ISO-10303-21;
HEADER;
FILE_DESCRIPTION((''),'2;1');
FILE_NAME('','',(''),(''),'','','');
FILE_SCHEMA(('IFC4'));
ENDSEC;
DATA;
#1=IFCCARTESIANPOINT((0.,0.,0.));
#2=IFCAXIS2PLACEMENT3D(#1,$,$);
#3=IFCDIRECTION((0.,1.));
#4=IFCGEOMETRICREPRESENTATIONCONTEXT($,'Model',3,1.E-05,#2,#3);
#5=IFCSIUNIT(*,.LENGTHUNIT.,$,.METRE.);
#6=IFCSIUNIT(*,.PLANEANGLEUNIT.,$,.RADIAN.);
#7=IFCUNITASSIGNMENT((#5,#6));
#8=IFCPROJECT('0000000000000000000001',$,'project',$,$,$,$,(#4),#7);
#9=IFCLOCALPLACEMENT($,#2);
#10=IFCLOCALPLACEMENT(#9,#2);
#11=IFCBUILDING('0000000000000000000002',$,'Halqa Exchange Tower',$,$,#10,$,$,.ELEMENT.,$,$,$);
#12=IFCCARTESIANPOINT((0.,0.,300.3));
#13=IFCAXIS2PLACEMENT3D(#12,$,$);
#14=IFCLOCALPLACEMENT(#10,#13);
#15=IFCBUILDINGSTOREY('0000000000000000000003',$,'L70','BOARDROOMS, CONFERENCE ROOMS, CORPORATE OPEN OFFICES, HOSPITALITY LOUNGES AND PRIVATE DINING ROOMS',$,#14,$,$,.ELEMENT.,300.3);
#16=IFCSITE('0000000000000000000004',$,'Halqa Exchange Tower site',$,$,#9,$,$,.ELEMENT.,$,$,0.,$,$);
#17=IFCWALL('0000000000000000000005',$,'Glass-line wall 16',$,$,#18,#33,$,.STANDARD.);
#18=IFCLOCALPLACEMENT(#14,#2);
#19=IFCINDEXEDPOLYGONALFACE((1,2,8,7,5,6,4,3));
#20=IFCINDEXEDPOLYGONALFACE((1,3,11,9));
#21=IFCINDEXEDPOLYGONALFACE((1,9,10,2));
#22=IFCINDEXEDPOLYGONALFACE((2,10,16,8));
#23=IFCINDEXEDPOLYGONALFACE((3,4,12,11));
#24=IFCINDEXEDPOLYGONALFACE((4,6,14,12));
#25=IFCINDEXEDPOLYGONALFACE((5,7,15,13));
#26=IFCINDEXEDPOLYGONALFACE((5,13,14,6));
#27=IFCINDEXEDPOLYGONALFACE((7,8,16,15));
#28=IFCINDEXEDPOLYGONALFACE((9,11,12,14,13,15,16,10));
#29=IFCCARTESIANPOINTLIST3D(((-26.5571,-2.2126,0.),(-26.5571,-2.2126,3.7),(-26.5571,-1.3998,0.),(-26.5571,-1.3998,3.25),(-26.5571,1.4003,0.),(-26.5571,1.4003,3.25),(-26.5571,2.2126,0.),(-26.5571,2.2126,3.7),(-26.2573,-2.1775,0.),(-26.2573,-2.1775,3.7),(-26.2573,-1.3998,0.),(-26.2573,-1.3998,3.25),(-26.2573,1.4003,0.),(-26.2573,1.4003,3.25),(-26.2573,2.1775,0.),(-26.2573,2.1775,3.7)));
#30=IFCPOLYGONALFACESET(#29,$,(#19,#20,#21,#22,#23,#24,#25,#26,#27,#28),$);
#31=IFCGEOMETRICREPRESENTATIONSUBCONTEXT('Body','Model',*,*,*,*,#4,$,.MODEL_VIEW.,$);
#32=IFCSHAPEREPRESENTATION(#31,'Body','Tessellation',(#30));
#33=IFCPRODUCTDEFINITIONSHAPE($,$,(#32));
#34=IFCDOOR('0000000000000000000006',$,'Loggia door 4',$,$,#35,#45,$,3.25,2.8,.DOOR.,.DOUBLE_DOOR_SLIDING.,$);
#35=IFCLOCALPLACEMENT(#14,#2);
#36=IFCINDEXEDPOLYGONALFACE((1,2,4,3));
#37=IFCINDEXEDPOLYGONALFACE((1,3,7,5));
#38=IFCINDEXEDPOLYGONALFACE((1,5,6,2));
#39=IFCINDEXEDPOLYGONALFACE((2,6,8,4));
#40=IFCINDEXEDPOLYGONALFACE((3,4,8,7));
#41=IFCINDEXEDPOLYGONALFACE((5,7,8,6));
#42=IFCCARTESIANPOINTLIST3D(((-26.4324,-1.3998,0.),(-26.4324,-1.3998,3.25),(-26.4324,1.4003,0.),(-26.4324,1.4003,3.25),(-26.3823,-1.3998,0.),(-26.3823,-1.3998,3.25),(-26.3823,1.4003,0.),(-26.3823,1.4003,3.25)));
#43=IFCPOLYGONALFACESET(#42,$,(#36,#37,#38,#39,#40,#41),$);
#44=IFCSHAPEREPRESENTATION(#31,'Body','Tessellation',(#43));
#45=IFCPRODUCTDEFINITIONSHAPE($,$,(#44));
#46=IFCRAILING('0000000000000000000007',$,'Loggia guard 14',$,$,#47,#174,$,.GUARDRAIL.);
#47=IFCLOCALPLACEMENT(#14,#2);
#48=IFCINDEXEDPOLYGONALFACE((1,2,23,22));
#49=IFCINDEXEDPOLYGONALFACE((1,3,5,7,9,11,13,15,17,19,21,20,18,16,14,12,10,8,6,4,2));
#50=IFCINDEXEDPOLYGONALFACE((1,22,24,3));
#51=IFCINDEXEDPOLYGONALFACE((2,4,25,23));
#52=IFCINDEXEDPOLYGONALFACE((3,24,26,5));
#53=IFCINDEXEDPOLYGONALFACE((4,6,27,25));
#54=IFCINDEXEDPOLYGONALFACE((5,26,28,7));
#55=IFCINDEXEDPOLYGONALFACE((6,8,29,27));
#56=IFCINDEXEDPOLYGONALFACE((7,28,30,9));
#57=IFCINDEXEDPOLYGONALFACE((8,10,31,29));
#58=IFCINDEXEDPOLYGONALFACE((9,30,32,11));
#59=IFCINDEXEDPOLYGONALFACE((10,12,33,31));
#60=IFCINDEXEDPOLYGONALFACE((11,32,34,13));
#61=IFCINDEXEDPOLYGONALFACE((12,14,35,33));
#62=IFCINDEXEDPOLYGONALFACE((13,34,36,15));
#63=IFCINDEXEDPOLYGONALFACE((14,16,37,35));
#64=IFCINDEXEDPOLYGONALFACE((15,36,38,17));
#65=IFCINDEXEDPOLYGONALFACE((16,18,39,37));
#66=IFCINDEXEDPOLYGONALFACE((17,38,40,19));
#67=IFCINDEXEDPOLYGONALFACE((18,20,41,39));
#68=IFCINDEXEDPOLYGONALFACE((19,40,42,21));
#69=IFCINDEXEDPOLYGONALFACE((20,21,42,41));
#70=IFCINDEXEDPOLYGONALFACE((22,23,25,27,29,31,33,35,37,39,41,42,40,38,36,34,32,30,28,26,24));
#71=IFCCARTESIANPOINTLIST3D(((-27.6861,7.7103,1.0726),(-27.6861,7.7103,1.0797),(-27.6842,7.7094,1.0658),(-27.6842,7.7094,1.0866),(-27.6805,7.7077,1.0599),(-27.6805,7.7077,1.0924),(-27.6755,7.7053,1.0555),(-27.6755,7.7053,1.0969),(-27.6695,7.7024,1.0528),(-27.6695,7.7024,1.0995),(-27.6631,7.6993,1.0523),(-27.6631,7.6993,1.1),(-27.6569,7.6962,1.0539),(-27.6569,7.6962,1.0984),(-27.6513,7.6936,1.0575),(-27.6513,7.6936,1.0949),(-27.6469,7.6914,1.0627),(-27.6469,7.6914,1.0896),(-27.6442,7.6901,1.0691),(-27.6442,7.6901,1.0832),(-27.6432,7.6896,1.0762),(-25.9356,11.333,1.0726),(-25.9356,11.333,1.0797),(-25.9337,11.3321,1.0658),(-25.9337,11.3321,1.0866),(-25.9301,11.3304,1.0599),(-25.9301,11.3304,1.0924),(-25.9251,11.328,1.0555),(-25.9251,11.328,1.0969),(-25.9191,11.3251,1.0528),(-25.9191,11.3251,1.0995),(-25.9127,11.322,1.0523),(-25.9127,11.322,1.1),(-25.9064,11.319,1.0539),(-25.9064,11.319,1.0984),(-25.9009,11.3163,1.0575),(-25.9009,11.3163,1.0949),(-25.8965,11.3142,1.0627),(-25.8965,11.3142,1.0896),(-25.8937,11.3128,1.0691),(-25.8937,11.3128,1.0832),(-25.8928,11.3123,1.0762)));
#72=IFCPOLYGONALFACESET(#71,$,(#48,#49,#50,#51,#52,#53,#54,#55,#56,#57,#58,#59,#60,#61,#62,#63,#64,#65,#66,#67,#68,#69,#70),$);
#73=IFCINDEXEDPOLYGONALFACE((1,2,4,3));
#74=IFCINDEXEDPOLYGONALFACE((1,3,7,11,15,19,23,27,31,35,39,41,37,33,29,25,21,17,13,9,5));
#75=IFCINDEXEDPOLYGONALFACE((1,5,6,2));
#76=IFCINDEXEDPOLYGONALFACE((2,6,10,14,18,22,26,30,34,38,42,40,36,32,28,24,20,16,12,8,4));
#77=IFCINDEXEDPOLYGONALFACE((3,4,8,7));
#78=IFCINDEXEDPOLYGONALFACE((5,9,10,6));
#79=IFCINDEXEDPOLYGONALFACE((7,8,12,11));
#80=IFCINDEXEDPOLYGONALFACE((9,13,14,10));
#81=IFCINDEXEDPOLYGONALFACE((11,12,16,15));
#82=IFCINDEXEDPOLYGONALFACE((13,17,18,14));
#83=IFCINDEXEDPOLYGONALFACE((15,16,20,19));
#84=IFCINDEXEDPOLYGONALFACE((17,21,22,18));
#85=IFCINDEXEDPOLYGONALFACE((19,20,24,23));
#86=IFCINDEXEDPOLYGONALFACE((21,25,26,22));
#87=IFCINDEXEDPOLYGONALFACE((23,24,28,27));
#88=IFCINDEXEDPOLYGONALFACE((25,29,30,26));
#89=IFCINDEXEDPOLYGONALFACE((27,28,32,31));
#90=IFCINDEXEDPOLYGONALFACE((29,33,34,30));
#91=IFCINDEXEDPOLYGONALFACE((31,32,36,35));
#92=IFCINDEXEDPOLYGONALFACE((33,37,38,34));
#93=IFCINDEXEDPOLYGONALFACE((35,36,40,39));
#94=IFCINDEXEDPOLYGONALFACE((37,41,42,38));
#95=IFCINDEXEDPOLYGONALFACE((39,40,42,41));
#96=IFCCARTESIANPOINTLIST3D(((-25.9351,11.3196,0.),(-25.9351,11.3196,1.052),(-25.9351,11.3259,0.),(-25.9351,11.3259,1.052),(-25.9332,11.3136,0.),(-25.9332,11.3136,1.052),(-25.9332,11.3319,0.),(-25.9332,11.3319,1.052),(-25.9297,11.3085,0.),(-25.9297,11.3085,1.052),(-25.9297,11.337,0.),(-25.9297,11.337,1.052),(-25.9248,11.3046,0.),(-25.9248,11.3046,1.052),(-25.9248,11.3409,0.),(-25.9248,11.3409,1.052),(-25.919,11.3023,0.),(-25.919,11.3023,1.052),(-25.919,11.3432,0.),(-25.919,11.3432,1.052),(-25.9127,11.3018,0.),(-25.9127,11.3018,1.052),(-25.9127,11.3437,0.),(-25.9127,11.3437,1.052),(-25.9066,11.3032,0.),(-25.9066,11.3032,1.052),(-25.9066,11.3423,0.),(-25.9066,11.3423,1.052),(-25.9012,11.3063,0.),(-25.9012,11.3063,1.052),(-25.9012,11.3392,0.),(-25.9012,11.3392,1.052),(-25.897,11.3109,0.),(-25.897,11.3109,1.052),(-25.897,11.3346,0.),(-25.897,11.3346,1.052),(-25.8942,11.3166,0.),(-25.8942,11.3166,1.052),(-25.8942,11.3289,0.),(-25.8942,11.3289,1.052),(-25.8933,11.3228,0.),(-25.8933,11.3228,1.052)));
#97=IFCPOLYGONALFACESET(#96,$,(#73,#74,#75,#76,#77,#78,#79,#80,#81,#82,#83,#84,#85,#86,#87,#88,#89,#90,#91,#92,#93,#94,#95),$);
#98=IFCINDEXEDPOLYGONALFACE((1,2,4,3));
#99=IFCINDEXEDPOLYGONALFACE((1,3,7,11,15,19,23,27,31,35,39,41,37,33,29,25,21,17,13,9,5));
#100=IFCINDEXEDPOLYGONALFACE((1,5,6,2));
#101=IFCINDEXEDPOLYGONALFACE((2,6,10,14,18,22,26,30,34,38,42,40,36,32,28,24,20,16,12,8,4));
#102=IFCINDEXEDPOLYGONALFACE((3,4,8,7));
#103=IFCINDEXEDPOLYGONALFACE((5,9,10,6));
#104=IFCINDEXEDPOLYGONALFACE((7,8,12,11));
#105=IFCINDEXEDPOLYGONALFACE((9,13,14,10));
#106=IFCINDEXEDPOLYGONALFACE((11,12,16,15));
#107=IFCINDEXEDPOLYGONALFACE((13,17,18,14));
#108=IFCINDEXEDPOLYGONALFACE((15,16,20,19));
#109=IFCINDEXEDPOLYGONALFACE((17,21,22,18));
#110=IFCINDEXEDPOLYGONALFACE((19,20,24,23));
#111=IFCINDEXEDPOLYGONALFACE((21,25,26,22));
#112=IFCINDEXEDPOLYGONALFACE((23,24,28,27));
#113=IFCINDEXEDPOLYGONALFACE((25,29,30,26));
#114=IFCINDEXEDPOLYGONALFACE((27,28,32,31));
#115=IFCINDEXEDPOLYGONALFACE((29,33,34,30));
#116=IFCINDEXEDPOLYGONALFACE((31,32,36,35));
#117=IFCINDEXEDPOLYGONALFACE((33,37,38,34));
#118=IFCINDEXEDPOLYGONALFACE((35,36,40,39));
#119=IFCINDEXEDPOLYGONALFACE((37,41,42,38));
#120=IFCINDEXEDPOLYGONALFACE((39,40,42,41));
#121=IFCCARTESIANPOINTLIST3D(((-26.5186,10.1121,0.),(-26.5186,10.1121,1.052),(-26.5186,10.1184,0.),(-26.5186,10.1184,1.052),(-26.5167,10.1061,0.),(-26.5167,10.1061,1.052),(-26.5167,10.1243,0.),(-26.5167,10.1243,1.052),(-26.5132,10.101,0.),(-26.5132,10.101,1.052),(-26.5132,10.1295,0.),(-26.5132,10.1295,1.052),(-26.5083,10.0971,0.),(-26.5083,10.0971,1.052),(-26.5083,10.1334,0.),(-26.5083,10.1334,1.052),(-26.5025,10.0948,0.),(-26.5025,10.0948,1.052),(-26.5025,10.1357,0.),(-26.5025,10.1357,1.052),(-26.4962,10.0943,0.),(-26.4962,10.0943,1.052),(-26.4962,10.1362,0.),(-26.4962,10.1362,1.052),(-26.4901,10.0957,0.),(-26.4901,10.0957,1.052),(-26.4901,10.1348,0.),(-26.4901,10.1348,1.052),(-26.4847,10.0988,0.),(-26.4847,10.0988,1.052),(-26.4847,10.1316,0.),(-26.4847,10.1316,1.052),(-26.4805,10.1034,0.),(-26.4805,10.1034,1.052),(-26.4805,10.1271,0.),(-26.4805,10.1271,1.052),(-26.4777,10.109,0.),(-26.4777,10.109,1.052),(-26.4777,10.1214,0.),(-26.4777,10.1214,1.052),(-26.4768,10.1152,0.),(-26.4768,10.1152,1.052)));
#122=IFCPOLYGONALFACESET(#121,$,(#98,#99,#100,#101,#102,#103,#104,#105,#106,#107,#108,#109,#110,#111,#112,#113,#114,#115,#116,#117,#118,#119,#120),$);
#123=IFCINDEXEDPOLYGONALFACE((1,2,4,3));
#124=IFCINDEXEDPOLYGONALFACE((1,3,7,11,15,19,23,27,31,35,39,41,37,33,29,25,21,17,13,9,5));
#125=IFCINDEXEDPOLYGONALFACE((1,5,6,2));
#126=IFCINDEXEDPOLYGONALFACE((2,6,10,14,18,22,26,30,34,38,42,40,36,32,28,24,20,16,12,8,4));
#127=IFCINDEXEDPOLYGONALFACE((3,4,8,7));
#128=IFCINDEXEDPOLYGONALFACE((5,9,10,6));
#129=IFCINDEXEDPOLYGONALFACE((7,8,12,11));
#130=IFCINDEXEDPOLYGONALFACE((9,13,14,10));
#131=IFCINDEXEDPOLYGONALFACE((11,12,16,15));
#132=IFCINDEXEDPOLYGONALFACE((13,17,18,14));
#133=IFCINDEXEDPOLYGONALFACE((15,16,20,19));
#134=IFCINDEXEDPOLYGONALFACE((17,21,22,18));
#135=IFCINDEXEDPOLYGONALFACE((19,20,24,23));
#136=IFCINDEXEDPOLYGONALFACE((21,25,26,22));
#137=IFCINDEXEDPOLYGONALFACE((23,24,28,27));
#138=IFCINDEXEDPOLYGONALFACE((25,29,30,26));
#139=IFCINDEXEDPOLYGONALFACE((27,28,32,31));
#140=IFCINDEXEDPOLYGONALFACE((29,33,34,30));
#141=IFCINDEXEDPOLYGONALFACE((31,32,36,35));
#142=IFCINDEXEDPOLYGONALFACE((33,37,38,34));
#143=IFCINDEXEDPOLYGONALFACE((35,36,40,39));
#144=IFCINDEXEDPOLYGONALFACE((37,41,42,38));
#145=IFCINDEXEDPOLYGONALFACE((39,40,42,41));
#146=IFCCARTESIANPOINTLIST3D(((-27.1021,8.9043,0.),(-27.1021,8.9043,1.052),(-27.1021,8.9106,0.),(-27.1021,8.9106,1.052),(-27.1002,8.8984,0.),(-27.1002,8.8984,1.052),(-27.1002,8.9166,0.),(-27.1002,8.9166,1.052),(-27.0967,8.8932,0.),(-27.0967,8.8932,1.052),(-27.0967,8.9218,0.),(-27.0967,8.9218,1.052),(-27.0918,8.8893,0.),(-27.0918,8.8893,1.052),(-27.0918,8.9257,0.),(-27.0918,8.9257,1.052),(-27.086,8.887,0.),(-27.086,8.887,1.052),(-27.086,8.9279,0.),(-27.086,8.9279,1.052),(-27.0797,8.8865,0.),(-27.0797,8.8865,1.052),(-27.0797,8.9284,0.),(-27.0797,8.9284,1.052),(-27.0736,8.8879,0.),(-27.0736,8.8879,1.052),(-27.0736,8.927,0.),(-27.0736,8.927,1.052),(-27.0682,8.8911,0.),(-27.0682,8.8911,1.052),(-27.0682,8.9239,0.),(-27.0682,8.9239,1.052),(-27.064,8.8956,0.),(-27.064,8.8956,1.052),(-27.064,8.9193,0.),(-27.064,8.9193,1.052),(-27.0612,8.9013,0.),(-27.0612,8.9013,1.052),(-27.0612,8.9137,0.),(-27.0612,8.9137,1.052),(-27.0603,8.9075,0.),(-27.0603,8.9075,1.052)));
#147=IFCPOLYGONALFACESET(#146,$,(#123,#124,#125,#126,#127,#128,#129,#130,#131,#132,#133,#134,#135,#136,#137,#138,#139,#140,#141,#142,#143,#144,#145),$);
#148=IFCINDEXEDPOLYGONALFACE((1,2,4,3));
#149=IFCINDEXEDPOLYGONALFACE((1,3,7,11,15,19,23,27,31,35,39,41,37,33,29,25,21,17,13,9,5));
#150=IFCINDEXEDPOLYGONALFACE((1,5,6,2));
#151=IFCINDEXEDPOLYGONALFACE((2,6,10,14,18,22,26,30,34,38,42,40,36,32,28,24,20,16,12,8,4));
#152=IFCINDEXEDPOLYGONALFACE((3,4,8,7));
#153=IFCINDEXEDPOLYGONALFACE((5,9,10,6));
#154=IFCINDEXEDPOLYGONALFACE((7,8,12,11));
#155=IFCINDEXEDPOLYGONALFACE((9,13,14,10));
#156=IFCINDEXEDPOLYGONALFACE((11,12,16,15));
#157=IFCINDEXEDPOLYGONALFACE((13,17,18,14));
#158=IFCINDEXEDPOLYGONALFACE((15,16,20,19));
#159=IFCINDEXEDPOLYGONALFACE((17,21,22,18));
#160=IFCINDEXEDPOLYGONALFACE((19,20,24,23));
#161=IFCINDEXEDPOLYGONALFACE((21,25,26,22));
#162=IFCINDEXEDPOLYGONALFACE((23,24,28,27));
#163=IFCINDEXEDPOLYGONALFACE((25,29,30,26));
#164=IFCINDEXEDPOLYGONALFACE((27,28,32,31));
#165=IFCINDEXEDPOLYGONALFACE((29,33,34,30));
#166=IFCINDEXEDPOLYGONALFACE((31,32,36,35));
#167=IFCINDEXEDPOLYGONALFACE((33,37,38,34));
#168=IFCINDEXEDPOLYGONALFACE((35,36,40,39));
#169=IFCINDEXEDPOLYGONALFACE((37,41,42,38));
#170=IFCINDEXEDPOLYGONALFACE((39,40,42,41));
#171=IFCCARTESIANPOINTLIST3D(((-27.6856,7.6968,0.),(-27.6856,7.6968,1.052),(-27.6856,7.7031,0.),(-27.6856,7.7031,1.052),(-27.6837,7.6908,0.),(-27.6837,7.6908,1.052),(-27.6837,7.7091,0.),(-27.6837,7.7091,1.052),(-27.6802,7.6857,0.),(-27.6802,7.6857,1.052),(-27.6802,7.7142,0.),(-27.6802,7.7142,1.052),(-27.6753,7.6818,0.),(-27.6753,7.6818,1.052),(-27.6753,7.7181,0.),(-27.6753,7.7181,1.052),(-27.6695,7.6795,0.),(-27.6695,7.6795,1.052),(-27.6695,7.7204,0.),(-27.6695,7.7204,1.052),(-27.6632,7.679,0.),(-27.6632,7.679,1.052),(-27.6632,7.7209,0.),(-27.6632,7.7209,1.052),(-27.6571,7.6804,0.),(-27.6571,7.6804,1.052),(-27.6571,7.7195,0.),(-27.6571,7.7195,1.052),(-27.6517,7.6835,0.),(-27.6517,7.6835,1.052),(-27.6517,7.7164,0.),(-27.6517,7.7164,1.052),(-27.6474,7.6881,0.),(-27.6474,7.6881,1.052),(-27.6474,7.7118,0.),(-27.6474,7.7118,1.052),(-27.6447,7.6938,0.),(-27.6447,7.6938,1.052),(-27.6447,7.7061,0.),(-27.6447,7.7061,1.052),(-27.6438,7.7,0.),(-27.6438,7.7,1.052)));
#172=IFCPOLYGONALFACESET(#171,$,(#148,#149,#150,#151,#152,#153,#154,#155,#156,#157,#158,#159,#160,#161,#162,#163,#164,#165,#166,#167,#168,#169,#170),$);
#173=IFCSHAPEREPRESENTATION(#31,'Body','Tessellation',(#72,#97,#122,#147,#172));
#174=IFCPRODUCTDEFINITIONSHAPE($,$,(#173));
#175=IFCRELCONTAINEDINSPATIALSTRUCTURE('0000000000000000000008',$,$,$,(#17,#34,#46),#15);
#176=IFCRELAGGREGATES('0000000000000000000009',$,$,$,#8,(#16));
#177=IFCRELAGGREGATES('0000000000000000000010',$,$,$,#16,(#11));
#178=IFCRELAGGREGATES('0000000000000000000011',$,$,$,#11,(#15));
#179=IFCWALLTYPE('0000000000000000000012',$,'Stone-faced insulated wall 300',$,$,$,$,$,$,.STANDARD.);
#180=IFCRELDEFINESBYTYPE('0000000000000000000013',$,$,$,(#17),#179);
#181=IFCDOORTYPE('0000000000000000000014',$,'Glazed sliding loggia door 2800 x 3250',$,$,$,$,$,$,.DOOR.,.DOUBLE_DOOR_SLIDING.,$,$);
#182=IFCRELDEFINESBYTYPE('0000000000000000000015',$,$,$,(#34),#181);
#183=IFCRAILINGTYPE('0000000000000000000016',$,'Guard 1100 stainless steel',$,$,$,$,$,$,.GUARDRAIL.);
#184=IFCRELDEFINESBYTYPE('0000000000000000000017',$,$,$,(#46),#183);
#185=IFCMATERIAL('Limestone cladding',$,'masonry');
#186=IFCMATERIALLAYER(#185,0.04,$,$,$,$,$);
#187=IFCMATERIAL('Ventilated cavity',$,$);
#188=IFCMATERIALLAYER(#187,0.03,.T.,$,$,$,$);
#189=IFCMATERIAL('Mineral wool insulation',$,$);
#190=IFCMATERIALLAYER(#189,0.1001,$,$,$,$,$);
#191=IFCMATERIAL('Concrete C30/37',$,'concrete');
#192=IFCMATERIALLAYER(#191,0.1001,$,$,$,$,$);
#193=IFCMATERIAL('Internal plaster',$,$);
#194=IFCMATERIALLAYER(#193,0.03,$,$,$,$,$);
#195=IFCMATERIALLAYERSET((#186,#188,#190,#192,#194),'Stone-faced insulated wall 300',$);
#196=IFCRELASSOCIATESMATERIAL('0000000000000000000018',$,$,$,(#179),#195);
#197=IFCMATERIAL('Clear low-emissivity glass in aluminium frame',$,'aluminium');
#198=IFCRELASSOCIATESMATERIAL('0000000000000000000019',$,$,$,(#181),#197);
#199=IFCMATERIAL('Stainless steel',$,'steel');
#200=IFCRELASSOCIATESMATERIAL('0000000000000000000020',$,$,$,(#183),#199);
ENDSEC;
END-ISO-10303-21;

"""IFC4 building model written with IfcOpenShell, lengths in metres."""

from ifc_helpers import new_model, si_unit, direction, frame, frame_2d, origin, origin_2d, place, context, subcontext, project, spatial, polyline, rectangle, circle, outline, extrude, material, layer, layer_set, type_object, element, fill, save


model = new_model("IFC4")

# Units and contexts
model_context = context("Model", 3, precision=1e-05, world=origin(), true_north=direction((0.0, 1.0)))
body_context = subcontext(model_context, "Body", "Model", "MODEL_VIEW")
ifc_project = project(units=[si_unit("LENGTHUNIT", "METRE"), si_unit("PLANEANGLEUNIT", "RADIAN")], contexts=[model_context])

# Site, building, storey
site_placement = place(None, origin())
site = spatial("IfcSite", under=ifc_project, at=site_placement, Name="Halqa Exchange Tower site", CompositionType="ELEMENT", RefElevation=0.0)
building_placement = place(site_placement, origin())
building = spatial("IfcBuilding", under=site, at=building_placement, Name="Halqa Exchange Tower", CompositionType="ELEMENT")
storey_placement = place(building_placement, frame((0.0, 0.0, 300.3)))
storey = spatial("IfcBuildingStorey", under=building, at=storey_placement, Name="L70", Description="BOARDROOMS, CONFERENCE ROOMS, CORPORATE OPEN OFFICES, HOSPITALITY LOUNGES AND PRIVATE DINING ROOMS", CompositionType="ELEMENT", Elevation=300.3)

# Shared definitions
ifc_material_1 = material(Name="Limestone cladding", Category="masonry")
ifc_layer_1 = layer(ifc_material_1, 0.04)
ifc_material_2 = material(Name="Ventilated cavity")
ifc_layer_2 = layer(ifc_material_2, 0.03, ventilated=True)
ifc_material_3 = material(Name="Mineral wool insulation")
ifc_layer_3 = layer(ifc_material_3, 0.1001)
ifc_material_4 = material(Name="Concrete C30/37", Category="concrete")
ifc_layer_4 = layer(ifc_material_4, 0.1001)
ifc_material_5 = material(Name="Internal plaster")
ifc_layer_5 = layer(ifc_material_5, 0.03)
ifc_layer_set = layer_set([ifc_layer_1, ifc_layer_2, ifc_layer_3, ifc_layer_4, ifc_layer_5], Name="Stone-faced insulated wall 300")
wall_type = type_object("IfcWallType", Name="Stone-faced insulated wall 300", PredefinedType="STANDARD", material=ifc_layer_set)
ifc_material_6 = material(Name="Clear low-emissivity glass in aluminium frame", Category="aluminium")

# Wall, opening, door
wall_1_placement = place(storey_placement, frame((-26.4072, 2.1951, 0.0), z_axis=(0.0, 0.0, 1.0), x_axis=(0.0, -1.0, 0.0)))
wall_1 = element("IfcWall", 1, at=wall_1_placement, inside=storey, type_object=wall_type, Name="Glass-line wall 16", PredefinedType="STANDARD", context=body_context, shape_type="SweptSolid", body=[
    extrude(outline(polyline([(-0.0176, -0.1499), (4.4077, -0.1499), (4.3726, 0.1499), (0.0176, 0.1499), (-0.0176, -0.1499)])), origin(), (0.0, 0.0, 1.0), 3.7),
])
opening_1_placement = place(wall_1_placement, frame((0.7949, 0.0, 0.0)))
opening_1 = element("IfcOpeningElement", 2, at=opening_1_placement, cuts=wall_1, PredefinedType="OPENING", context=body_context, shape_type="SweptSolid", body=[
    extrude(rectangle(XDim=2.8, YDim=3.25, at=frame_2d((1.3999, 1.625))), frame((0.0, 0.1621, 0.0), z_axis=(0.0, -1.0, 0.0), x_axis=(1.0, 0.0, 0.0)), (0.0, 0.0, 1.0), 0.324),
])
door_type = type_object("IfcDoorType", Name="Glazed sliding loggia door 2800 x 3250", OperationType="DOUBLE_DOOR_SLIDING", PredefinedType="DOOR", material=ifc_material_6)
door_placement = place(opening_1_placement, origin())
door = element("IfcDoor", 3, at=door_placement, inside=storey, type_object=door_type, Name="Loggia door 4", OperationType="DOUBLE_DOOR_SLIDING", OverallHeight=3.25, OverallWidth=2.8, PredefinedType="DOOR", context=body_context, shape_type="SweptSolid", body=[
    extrude(rectangle(XDim=2.8, YDim=3.25, at=frame_2d((1.3999, 1.625))), frame((0.0, 0.0249, 0.0), z_axis=(0.0, -1.0, 0.0), x_axis=(1.0, 0.0, 0.0)), (0.0, 0.0, 1.0), 0.05),
])
fill(opening_1, door)

# Railing
ifc_material_7 = material(Name="Stainless steel", Category="steel")
railing_type = type_object("IfcRailingType", Name="Guard 1100 stainless steel", PredefinedType="GUARDRAIL", material=ifc_material_7)
railing_1_placement = place(storey_placement, frame((-25.9143, 11.3228, 0.0)))
element("IfcRailing", 4, at=railing_1_placement, inside=storey, type_object=railing_type, Name="Loggia guard 14", PredefinedType="GUARDRAIL", context=body_context, shape_type="SweptSolid", body=[
    extrude(circle(Radius=0.0239, at=origin_2d()), frame((0.0, 0.0, 1.0762), z_axis=(-0.435061, -0.900401, 0.0), x_axis=(0.900401, -0.435061, 0.0)), (0.0, 0.0, 1.0), 4.0234),
    extrude(circle(Radius=0.021, at=origin_2d()), origin(), (0.0, 0.0, 1.0), 1.052),
    extrude(circle(Radius=0.021, at=origin_2d()), frame((-0.5835, -1.2075, 0.0)), (0.0, 0.0, 1.0), 1.052),
    extrude(circle(Radius=0.021, at=origin_2d()), frame((-1.167, -2.4153, 0.0)), (0.0, 0.0, 1.0), 1.052),
    extrude(circle(Radius=0.021, at=origin_2d()), frame((-1.7505, -3.6228, 0.0)), (0.0, 0.0, 1.0), 1.052),
])

save(model, "model.ifc")
